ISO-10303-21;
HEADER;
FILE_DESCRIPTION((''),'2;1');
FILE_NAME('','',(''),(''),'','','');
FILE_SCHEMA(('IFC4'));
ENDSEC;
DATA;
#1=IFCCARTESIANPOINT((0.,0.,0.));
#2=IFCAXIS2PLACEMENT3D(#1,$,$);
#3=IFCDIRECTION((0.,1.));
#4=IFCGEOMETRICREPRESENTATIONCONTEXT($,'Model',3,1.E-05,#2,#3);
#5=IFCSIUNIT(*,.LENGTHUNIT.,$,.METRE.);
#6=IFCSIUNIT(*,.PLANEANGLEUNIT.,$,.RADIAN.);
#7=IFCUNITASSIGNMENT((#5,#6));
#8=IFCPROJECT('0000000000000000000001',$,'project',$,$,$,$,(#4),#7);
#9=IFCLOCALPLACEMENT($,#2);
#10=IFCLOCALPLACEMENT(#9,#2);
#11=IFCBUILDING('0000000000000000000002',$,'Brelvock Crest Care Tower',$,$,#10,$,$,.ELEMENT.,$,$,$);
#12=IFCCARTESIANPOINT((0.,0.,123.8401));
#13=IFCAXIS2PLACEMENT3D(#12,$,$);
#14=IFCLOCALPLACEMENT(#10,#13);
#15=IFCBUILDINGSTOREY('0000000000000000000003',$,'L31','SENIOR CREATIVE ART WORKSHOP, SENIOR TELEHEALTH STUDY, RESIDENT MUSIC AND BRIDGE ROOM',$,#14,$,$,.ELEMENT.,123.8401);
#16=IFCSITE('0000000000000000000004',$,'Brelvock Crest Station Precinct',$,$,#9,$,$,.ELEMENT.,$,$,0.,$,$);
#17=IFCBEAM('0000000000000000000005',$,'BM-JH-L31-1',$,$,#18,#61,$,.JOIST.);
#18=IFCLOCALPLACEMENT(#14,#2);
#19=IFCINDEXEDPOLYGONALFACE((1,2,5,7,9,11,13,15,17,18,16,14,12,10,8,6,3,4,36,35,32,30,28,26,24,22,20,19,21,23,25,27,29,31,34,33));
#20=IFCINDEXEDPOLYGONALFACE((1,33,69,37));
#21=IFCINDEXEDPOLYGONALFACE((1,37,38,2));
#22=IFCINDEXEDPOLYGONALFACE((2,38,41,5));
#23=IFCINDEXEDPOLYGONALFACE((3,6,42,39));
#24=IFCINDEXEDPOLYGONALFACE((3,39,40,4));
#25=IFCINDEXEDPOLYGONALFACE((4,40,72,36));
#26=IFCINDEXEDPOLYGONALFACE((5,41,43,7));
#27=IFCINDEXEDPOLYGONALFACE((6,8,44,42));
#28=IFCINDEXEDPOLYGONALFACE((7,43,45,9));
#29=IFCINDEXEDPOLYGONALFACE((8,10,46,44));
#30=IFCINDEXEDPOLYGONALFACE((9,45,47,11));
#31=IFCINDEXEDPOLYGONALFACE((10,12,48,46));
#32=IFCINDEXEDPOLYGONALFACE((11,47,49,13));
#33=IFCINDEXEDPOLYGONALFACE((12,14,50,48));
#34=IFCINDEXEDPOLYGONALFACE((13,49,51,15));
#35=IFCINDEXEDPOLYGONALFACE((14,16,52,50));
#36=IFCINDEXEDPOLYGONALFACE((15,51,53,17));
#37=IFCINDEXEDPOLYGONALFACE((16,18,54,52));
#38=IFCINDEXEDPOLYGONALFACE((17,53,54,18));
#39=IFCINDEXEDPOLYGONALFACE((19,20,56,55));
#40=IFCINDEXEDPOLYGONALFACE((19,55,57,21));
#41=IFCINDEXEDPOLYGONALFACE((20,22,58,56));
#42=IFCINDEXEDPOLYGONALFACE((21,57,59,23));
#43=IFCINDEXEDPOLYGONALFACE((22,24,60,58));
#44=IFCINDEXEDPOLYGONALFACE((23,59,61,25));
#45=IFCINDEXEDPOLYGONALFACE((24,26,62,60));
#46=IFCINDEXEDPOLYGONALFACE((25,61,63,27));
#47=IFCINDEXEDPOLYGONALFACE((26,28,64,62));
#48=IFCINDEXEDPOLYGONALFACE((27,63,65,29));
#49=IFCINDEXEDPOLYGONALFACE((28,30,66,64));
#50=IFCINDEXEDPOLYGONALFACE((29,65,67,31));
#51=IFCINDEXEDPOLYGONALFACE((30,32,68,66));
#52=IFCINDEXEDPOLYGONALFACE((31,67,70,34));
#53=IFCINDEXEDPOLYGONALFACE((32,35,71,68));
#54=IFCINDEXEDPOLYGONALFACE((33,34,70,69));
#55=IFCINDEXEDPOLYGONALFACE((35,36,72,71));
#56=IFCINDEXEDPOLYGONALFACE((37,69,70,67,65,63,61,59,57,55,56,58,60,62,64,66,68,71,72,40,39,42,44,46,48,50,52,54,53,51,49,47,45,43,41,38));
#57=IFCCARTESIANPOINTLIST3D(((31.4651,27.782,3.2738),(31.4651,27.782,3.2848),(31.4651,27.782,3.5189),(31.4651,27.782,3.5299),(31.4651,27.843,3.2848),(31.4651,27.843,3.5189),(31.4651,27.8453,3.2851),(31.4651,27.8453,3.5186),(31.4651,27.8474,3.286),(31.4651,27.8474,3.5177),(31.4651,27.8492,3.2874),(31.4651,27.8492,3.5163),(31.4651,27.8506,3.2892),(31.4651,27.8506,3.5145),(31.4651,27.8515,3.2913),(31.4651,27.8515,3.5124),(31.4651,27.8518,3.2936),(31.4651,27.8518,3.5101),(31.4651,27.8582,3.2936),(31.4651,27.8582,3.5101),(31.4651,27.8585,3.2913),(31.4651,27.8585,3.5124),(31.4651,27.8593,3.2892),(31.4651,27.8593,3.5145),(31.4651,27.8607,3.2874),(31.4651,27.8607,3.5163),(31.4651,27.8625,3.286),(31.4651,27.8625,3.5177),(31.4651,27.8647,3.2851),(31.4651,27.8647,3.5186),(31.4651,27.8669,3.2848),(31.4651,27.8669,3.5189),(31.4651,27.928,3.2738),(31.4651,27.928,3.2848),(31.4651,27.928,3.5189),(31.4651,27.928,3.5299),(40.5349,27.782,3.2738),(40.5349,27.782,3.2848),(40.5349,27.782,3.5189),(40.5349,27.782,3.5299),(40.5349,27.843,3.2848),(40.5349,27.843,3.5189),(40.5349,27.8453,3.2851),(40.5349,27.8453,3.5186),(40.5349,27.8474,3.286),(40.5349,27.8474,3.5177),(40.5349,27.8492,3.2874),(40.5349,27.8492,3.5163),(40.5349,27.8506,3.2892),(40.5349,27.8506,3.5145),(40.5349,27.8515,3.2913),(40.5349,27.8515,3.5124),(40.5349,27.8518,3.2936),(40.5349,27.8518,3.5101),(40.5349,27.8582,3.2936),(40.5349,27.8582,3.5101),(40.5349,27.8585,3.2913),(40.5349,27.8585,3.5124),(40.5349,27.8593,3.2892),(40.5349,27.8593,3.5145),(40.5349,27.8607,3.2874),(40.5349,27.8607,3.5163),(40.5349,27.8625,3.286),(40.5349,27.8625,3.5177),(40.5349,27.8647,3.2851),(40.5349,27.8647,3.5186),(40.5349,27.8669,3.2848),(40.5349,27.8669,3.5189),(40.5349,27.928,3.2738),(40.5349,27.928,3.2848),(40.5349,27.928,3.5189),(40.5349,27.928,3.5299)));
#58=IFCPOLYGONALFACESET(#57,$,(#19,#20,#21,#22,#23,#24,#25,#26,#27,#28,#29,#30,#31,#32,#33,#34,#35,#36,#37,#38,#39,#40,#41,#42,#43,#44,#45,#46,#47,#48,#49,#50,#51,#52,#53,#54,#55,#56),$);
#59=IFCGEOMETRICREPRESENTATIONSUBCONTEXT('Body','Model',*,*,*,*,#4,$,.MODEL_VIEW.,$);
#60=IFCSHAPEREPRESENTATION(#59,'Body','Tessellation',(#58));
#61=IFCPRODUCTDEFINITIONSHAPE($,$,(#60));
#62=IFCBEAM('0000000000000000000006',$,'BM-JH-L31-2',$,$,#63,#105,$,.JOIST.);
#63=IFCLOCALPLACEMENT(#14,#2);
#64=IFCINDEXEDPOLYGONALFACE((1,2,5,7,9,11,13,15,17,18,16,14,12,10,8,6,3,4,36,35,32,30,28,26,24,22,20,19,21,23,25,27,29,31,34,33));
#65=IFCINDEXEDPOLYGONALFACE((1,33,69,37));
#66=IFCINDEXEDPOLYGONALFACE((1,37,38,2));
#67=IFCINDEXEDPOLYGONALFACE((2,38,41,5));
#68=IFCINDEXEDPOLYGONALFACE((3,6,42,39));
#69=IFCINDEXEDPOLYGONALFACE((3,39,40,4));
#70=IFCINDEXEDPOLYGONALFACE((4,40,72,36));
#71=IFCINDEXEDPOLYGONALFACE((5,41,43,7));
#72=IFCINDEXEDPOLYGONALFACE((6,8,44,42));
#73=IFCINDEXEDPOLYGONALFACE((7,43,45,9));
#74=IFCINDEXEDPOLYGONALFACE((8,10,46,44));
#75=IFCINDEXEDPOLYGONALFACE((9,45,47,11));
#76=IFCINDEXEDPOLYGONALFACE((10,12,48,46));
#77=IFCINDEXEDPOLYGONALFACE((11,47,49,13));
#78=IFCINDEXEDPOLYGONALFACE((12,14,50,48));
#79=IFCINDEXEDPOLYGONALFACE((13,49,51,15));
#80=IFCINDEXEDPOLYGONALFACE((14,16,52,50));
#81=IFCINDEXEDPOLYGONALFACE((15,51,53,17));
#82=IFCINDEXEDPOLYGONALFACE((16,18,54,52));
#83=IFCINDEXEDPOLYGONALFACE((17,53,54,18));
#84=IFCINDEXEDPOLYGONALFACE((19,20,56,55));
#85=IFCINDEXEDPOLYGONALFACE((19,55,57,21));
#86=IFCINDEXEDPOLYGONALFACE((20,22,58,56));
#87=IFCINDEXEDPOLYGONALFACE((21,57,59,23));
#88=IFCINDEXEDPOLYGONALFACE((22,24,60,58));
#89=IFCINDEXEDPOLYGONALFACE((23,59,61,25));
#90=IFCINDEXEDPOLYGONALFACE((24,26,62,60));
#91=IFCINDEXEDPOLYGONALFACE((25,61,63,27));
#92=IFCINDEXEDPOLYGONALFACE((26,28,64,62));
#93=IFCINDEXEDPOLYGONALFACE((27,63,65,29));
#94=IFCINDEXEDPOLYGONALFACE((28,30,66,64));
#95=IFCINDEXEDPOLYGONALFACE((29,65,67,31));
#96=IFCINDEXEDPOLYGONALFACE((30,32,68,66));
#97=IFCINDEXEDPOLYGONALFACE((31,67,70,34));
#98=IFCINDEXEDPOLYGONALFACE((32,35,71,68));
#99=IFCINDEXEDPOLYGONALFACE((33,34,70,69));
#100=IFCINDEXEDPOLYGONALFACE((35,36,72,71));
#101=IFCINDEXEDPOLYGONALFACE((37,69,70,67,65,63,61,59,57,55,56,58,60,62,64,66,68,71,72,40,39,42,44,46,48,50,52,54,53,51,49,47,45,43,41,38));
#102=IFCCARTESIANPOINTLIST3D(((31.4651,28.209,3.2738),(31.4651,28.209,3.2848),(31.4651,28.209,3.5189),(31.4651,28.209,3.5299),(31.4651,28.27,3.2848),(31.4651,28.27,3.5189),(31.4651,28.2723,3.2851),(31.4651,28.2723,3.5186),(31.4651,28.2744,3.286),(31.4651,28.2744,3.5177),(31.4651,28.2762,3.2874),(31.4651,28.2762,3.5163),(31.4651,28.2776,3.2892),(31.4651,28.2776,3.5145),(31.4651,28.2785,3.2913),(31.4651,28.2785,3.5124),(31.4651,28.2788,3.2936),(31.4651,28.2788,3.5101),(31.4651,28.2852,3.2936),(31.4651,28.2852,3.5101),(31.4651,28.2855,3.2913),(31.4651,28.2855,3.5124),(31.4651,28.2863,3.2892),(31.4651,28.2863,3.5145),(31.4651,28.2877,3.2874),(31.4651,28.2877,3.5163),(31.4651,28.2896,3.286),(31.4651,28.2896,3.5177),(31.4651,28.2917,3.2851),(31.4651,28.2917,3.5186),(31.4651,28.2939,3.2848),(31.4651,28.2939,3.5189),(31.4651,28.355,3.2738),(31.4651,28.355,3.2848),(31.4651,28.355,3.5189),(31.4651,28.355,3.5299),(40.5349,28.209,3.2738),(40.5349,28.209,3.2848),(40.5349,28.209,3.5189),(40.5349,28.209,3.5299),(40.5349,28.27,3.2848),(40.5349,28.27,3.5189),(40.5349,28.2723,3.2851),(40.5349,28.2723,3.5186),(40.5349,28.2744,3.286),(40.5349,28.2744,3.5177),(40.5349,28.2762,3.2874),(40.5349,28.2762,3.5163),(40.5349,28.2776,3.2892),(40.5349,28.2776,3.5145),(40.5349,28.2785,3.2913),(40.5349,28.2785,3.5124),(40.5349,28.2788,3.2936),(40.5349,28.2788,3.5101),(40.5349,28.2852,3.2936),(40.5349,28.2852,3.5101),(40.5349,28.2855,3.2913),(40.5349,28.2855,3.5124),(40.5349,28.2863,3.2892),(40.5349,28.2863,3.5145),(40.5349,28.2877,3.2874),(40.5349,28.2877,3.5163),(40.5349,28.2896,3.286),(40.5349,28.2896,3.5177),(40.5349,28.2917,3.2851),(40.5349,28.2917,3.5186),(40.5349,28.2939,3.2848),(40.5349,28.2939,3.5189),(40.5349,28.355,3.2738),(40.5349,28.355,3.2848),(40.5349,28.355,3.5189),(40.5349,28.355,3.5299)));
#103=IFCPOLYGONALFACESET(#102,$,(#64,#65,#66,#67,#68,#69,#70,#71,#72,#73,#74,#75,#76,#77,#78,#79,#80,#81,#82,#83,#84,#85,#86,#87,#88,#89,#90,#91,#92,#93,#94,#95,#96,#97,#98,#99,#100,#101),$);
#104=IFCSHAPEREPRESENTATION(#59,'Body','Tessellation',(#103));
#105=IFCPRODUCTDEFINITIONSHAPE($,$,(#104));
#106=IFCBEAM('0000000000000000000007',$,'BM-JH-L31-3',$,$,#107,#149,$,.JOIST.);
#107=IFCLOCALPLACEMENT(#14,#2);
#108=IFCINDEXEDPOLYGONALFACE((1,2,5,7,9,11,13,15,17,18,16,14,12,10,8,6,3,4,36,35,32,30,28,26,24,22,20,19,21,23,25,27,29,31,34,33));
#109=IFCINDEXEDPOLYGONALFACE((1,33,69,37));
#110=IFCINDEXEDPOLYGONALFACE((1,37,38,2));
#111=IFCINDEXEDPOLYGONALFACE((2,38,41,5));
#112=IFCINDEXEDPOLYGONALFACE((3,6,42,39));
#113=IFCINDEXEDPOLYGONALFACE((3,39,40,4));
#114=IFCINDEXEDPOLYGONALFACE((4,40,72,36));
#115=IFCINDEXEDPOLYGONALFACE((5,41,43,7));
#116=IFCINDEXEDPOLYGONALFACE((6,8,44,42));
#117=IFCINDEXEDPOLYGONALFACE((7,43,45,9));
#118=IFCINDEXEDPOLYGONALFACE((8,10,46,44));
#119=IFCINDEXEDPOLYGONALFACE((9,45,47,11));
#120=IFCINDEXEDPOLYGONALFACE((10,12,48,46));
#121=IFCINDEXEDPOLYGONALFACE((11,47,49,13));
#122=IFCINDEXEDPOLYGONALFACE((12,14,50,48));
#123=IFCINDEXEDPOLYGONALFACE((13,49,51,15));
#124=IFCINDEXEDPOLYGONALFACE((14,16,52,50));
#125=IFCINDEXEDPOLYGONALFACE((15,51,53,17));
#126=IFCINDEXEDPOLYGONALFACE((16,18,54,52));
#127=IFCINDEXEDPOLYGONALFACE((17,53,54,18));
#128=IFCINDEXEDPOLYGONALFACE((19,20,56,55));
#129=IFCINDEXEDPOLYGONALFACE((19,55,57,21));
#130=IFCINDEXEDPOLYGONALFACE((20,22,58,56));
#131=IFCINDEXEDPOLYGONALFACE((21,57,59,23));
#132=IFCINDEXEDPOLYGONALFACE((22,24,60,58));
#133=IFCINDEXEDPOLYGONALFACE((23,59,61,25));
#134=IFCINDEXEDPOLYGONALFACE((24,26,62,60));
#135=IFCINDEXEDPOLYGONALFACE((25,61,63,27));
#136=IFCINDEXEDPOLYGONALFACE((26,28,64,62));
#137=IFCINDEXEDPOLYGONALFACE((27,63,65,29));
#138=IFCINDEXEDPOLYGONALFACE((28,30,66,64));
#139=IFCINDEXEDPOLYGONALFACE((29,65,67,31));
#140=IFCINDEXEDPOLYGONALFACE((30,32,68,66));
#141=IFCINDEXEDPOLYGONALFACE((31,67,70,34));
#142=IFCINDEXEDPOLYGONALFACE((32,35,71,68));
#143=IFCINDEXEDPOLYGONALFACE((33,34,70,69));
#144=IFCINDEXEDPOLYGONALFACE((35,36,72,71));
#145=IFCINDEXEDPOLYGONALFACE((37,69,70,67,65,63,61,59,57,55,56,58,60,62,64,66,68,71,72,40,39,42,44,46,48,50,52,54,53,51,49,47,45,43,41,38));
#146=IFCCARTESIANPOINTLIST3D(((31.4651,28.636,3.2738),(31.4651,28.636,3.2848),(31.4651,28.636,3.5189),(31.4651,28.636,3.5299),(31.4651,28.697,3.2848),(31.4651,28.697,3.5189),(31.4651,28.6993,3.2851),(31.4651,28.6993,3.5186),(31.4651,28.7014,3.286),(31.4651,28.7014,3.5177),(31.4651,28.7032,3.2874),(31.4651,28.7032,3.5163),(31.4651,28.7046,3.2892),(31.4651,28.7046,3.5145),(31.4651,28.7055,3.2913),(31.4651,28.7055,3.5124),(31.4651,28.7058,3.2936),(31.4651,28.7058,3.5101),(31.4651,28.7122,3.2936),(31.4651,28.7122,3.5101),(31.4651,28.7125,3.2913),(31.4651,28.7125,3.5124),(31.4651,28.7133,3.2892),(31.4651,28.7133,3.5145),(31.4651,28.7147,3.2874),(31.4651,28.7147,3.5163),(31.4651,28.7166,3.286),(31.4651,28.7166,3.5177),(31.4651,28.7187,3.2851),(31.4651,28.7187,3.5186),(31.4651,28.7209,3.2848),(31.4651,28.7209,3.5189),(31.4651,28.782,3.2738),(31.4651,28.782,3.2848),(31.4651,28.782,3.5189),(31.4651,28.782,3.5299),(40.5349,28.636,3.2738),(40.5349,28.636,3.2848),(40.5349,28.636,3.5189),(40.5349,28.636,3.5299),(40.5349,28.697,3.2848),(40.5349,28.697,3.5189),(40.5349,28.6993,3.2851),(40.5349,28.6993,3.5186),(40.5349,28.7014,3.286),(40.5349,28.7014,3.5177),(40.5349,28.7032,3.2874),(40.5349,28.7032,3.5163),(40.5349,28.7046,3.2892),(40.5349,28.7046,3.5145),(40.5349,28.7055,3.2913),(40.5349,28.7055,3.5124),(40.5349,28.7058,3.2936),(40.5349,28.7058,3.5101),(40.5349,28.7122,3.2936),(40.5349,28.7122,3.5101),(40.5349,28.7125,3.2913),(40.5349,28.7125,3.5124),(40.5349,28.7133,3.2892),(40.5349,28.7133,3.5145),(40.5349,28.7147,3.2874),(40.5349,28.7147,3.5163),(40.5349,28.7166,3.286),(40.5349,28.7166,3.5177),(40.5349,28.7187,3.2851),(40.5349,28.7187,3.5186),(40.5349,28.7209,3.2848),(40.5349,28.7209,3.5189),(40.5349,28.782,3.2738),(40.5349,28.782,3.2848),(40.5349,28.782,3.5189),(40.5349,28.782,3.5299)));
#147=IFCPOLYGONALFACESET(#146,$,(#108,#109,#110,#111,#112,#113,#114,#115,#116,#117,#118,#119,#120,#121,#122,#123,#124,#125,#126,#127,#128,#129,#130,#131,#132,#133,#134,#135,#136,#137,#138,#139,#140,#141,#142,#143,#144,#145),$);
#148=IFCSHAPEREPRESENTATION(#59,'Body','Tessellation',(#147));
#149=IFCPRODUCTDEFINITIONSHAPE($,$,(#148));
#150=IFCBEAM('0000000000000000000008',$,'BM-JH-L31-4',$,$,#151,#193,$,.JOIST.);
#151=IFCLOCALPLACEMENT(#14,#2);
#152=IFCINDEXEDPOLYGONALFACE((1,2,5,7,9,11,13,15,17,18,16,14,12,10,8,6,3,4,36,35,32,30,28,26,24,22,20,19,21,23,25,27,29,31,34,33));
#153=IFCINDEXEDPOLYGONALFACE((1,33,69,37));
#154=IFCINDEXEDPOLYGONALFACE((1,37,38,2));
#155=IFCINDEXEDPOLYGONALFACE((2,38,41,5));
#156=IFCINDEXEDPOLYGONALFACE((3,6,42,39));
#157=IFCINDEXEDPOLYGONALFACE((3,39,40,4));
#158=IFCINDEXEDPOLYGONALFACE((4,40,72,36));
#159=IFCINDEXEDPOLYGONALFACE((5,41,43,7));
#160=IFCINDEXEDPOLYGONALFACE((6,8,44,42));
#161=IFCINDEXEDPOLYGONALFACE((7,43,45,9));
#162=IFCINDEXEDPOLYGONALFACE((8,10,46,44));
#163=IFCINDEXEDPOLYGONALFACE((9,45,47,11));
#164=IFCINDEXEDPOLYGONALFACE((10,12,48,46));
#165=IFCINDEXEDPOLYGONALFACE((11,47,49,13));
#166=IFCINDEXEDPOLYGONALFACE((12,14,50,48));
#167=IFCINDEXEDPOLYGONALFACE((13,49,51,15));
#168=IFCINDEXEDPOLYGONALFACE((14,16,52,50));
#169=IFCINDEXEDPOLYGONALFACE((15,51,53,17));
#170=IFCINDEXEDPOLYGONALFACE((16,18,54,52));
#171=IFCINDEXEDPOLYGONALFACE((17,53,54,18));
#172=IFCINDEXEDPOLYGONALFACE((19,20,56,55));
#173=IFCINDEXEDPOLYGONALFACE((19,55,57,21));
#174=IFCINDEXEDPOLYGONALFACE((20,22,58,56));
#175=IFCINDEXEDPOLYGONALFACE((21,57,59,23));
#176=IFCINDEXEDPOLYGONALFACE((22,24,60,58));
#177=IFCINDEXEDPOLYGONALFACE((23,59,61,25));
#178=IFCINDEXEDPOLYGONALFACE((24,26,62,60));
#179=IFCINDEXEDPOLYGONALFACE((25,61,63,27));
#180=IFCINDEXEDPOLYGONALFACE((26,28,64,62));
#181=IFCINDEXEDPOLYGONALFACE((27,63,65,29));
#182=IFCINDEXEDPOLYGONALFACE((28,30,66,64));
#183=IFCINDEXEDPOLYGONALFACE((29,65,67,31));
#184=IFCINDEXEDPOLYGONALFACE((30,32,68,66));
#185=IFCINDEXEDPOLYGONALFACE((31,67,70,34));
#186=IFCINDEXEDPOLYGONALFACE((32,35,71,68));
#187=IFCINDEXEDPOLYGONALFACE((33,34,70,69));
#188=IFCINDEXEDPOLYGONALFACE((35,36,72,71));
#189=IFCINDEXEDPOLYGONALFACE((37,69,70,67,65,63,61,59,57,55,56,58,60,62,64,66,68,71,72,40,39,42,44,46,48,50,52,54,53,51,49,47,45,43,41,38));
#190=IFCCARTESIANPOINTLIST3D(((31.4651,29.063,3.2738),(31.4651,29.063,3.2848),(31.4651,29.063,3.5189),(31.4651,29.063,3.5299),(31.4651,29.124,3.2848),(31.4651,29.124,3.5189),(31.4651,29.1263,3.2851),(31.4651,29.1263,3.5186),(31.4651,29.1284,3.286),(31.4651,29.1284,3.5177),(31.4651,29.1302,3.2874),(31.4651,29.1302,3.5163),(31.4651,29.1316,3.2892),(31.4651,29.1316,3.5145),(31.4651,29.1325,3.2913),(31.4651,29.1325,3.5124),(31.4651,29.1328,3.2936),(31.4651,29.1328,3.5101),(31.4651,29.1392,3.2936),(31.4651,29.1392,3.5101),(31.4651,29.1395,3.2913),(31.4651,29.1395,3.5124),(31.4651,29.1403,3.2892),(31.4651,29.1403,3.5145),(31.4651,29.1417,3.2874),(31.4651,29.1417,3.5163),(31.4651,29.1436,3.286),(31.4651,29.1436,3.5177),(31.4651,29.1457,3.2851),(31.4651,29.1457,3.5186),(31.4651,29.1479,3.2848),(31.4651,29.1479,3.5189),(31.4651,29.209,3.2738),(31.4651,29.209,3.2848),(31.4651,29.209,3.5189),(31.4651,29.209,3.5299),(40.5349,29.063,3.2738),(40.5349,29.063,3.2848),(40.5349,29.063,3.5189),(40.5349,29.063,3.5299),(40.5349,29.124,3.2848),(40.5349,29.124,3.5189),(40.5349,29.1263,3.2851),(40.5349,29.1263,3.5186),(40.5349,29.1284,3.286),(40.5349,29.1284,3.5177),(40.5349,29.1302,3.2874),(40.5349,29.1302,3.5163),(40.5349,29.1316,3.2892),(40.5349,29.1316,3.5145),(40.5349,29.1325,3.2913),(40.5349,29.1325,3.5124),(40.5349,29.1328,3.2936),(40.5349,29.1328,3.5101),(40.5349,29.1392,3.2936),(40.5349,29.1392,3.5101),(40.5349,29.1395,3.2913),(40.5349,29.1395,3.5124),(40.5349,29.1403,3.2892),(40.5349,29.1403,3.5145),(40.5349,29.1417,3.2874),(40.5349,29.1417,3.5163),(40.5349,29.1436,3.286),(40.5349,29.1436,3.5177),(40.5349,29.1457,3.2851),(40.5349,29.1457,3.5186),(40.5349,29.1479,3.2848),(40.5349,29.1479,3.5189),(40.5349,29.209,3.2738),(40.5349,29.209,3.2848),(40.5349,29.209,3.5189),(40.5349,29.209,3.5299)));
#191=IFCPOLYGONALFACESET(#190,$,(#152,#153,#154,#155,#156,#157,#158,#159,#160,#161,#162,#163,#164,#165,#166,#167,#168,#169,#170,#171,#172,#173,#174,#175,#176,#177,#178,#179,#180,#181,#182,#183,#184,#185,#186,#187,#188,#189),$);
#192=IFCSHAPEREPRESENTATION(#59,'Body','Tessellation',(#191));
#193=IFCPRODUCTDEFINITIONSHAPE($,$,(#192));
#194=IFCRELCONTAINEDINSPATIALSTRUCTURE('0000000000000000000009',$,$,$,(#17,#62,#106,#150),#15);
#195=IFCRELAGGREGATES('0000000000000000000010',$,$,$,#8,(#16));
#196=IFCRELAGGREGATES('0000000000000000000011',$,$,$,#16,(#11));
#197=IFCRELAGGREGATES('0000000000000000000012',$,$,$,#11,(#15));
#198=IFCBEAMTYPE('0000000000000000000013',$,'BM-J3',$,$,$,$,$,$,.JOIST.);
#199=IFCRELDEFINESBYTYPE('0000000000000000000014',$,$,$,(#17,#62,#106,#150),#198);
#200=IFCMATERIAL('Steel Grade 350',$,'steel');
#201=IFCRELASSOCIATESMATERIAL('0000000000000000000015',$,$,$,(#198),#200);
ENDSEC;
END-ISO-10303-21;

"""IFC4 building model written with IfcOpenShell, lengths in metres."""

from ifc_helpers import new_model, si_unit, direction, frame, origin, origin_2d, place, context, subcontext, project, spatial, i_section, extrude, source, transform, mapped, material, material_profile, profile_set, type_object, element, save


model = new_model("IFC4")

# Units and contexts
model_context = context("Model", 3, precision=1e-05, world=origin(), true_north=direction((0.0, 1.0)))
body_context = subcontext(model_context, "Body", "Model", "MODEL_VIEW")
ifc_project = project(units=[si_unit("LENGTHUNIT", "METRE"), si_unit("PLANEANGLEUNIT", "RADIAN")], contexts=[model_context])

# Site, building, storey
site_placement = place(None, origin())
site = spatial("IfcSite", under=ifc_project, at=site_placement, Name="Brelvock Crest Station Precinct", CompositionType="ELEMENT", RefElevation=0.0)
building_placement = place(site_placement, origin())
building = spatial("IfcBuilding", under=site, at=building_placement, Name="Brelvock Crest Care Tower", CompositionType="ELEMENT")
storey_placement = place(building_placement, frame((0.0, 0.0, 123.8401)))
storey = spatial("IfcBuildingStorey", under=building, at=storey_placement, Name="L31", Description="SENIOR CREATIVE ART WORKSHOP, SENIOR TELEHEALTH STUDY, RESIDENT MUSIC AND BRIDGE ROOM", CompositionType="ELEMENT", Elevation=123.8401)

# Shared definitions
ifc_material_1 = material(Name="Steel Grade 350", Category="steel")

# Beams
ifc_material_profile_1 = material_profile(ifc_material_1, i_section(OverallWidth=0.146, OverallDepth=0.2561, WebThickness=0.0063, FlangeThickness=0.011, FilletRadius=0.0088, at=origin_2d()), Name="250UB37.3")
ifc_profile_set_1 = profile_set([ifc_material_profile_1], Name="Steel Grade 350")
beam_type_1 = type_object("IfcBeamType", Name="BM-J3", PredefinedType="JOIST", material=ifc_profile_set_1)
shared_shape_1 = source(origin(), body_context, "Body", "SweptSolid", [
    extrude(i_section(OverallWidth=0.146, OverallDepth=0.2561, WebThickness=0.0063, FlangeThickness=0.011, FilletRadius=0.0088, at=origin_2d()), origin(), (0.0, 0.0, 1.0), 9.0698),
])
for number, where, z_axis, x_axis, name in (
    (1, (31.4651, 27.855, 3.4019), (1.0, 0.0, 0.0), (0.0, 1.0, 0.0), "BM-JH-L31-1"),
    (2, (31.4651, 28.282, 3.4019), (1.0, 0.0, 0.0), (0.0, 1.0, 0.0), "BM-JH-L31-2"),
    (3, (31.4651, 28.709, 3.4019), (1.0, 0.0, 0.0), (0.0, 1.0, 0.0), "BM-JH-L31-3"),
    (4, (31.4651, 29.136, 3.4019), (1.0, 0.0, 0.0), (0.0, 1.0, 0.0), "BM-JH-L31-4"),
):
    element("IfcBeam", number, at=place(storey_placement, frame(where, z_axis=z_axis, x_axis=x_axis)), inside=storey, type_object=beam_type_1, Name=name, PredefinedType="JOIST", context=body_context, shape_type="MappedRepresentation", body=[
        mapped(shared_shape_1, transform((0.0, 0.0, 0.0), x_axis=(1.0, 0.0, 0.0), y_axis=(0.0, 1.0, 0.0), z_axis=(0.0, 0.0, 1.0), scale=1.0)),
    ])

save(model, "model.ifc")
